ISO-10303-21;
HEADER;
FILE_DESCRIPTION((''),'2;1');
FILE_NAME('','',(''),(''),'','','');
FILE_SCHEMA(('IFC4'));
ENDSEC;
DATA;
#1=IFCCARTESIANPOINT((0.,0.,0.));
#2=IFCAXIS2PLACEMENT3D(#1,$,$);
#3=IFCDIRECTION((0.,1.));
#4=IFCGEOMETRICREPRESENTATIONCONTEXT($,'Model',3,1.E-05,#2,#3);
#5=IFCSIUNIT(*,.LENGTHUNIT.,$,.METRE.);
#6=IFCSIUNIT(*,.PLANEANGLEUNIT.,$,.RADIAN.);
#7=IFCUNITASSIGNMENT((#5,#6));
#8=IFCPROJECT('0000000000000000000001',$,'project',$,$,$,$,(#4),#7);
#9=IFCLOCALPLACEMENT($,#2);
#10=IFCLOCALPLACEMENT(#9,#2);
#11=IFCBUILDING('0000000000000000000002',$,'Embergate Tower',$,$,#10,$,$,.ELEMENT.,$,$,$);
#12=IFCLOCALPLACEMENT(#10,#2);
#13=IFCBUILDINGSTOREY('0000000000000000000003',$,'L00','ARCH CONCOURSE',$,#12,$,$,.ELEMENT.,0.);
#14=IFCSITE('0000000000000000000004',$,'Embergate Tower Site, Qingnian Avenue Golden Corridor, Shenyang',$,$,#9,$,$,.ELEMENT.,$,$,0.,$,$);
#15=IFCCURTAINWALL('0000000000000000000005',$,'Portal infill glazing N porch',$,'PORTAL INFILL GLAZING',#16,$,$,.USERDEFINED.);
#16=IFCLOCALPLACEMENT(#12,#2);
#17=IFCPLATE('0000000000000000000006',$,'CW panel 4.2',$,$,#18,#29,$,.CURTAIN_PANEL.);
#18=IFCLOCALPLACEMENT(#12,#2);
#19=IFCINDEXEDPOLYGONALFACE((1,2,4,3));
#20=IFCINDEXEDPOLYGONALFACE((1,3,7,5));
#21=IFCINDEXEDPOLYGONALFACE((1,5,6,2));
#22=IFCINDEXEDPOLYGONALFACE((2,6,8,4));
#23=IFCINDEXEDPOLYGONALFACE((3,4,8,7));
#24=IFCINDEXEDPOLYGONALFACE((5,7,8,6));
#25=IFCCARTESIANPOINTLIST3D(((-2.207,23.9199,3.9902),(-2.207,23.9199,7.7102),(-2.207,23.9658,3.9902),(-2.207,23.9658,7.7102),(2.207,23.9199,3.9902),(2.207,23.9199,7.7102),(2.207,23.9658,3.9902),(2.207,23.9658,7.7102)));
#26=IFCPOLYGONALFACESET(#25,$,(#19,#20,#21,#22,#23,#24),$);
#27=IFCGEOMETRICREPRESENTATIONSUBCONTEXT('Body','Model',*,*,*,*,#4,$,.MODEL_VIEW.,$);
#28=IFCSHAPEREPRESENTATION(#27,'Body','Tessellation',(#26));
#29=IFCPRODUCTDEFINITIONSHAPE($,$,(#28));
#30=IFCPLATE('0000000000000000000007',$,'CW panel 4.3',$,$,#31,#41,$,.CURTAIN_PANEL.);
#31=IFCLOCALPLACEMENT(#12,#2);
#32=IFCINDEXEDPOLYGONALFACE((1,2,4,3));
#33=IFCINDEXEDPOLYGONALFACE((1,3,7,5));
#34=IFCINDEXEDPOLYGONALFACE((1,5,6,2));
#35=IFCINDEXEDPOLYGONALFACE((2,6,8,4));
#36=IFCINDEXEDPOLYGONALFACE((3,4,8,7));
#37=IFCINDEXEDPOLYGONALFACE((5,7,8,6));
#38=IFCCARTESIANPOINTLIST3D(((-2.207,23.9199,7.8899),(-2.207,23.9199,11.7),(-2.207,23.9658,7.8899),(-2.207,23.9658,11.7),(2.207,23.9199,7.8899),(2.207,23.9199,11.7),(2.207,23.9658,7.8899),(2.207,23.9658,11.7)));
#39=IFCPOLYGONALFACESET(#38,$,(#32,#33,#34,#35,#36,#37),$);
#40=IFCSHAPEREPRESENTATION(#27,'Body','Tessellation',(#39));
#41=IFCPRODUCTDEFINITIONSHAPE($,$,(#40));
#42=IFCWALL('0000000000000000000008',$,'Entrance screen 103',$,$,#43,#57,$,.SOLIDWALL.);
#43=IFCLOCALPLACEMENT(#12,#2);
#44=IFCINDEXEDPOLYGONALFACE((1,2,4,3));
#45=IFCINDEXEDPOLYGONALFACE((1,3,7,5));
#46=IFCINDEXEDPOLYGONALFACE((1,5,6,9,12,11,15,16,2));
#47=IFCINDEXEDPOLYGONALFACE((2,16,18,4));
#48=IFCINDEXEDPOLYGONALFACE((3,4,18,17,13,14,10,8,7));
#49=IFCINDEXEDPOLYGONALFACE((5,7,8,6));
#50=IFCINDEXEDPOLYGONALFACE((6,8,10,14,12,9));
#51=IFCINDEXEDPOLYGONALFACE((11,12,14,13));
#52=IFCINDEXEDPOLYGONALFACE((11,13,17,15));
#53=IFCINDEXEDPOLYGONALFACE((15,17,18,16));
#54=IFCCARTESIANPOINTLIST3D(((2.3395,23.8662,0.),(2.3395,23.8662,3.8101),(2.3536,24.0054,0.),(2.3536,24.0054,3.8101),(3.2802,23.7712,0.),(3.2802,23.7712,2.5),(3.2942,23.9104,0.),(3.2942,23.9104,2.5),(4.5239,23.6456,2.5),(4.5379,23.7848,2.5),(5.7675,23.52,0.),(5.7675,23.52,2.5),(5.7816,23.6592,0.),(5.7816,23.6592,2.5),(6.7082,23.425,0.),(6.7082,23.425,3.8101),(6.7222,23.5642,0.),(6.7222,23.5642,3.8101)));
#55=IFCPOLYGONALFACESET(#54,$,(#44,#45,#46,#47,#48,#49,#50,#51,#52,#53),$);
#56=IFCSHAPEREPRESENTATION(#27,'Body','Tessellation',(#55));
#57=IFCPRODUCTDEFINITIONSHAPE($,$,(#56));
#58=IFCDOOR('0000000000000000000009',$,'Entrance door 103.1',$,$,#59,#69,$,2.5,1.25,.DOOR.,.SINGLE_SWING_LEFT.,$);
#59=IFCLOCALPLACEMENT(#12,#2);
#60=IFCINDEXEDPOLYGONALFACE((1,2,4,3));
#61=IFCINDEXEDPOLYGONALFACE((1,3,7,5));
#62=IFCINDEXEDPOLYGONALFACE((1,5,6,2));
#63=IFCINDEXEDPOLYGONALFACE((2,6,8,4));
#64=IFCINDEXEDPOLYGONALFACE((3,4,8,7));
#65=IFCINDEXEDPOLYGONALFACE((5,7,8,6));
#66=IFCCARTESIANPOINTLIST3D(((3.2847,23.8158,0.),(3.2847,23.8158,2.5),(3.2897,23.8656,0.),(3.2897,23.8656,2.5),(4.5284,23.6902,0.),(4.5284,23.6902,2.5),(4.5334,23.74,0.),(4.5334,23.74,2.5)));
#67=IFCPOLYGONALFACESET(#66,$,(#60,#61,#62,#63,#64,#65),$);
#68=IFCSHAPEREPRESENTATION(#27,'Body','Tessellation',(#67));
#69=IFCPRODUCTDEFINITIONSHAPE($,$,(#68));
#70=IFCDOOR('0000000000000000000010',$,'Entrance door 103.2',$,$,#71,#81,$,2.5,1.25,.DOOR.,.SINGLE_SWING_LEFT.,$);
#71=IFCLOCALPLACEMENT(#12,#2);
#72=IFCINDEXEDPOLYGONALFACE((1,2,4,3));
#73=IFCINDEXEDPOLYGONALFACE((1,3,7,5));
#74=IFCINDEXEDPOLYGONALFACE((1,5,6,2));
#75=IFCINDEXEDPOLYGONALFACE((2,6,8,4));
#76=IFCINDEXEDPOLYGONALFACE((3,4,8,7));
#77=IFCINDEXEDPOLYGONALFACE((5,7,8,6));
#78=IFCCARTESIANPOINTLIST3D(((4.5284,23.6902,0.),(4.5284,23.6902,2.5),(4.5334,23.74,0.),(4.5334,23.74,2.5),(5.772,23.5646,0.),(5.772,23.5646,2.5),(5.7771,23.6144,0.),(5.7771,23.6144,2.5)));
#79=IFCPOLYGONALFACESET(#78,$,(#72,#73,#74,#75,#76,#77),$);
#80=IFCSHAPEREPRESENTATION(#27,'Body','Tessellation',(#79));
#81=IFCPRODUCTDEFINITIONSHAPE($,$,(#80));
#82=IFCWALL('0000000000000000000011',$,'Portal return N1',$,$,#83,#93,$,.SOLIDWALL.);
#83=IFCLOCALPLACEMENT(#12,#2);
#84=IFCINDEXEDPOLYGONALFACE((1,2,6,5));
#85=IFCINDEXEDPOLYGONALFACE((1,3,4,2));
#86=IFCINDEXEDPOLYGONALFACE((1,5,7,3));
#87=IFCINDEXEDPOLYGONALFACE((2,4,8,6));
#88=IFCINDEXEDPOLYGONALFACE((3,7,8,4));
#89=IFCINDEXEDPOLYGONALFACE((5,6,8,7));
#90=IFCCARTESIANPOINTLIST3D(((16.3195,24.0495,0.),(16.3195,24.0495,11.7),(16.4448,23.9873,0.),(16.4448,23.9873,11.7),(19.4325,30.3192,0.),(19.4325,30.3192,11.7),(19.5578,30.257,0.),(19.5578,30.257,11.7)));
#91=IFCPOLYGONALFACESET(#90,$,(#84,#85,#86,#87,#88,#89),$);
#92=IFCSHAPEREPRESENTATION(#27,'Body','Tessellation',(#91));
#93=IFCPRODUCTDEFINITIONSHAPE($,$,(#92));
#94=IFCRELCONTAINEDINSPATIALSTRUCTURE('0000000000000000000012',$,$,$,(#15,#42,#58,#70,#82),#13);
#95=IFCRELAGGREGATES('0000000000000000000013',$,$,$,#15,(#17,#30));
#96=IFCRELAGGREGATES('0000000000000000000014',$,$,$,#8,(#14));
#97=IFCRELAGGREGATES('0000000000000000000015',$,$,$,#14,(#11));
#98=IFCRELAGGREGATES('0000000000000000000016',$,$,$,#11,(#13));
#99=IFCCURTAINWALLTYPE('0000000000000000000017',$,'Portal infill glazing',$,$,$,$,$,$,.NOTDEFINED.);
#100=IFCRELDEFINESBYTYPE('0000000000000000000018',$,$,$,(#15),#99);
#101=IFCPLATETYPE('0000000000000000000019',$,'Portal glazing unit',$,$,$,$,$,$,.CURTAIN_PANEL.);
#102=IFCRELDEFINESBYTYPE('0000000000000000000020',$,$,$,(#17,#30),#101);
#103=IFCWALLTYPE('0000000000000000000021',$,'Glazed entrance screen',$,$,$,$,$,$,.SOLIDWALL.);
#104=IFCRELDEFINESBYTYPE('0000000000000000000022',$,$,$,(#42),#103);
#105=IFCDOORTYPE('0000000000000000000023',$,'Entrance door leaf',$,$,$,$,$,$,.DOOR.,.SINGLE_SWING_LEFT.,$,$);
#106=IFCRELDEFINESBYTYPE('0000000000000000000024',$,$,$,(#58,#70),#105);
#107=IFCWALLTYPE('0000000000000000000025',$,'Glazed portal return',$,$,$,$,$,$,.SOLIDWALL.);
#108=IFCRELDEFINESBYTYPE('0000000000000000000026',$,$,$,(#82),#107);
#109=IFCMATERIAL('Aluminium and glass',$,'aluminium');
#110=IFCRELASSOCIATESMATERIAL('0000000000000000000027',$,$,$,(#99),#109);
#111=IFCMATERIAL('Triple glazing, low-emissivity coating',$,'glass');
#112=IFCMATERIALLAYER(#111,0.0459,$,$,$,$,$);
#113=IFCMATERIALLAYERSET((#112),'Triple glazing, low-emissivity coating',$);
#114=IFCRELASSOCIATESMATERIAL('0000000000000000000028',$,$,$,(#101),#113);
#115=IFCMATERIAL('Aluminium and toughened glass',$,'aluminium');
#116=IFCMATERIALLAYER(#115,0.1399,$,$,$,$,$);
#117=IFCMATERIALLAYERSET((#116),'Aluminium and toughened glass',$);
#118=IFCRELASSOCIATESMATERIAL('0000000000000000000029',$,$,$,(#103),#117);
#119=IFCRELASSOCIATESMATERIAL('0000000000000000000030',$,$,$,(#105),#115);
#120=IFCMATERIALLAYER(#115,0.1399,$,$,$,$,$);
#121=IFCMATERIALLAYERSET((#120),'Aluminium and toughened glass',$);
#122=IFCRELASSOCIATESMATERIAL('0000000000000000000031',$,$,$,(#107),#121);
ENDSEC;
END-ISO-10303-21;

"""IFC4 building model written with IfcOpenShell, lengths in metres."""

from ifc_helpers import new_model, si_unit, direction, frame, frame_2d, origin, origin_2d, place, context, subcontext, project, spatial, rectangle, extrude, source, transform, mapped, material, layer, layer_set, type_object, element, fill, aggregate, save


model = new_model("IFC4")

# Units and contexts
model_context = context("Model", 3, precision=1e-05, world=origin(), true_north=direction((0.0, 1.0)))
body_context = subcontext(model_context, "Body", "Model", "MODEL_VIEW")
ifc_project = project(units=[si_unit("LENGTHUNIT", "METRE"), si_unit("PLANEANGLEUNIT", "RADIAN")], contexts=[model_context])

# Site, building, storey
site_placement = place(None, origin())
site = spatial("IfcSite", under=ifc_project, at=site_placement, Name="Embergate Tower Site, Qingnian Avenue Golden Corridor, Shenyang", CompositionType="ELEMENT", RefElevation=0.0)
building_placement = place(site_placement, origin())
building = spatial("IfcBuilding", under=site, at=building_placement, Name="Embergate Tower", CompositionType="ELEMENT")
storey_placement = place(building_placement, origin())
storey = spatial("IfcBuildingStorey", under=building, at=storey_placement, Name="L00", Description="ARCH CONCOURSE", CompositionType="ELEMENT", Elevation=0.0)

# Curtain wall, plates
ifc_material_1 = material(Name="Aluminium and glass", Category="aluminium")
curtain_wall_type = type_object("IfcCurtainWallType", Name="Portal infill glazing", PredefinedType="NOTDEFINED", material=ifc_material_1)
curtain_wall_placement = place(storey_placement, origin())
curtain_wall = element("IfcCurtainWall", 1, at=curtain_wall_placement, inside=storey, type_object=curtain_wall_type, Name="Portal infill glazing N porch", ObjectType="PORTAL INFILL GLAZING", PredefinedType="USERDEFINED")
ifc_material_2 = material(Name="Triple glazing, low-emissivity coating", Category="glass")
ifc_layer_1 = layer(ifc_material_2, 0.0459)
ifc_layer_set_1 = layer_set([ifc_layer_1], Name="Triple glazing, low-emissivity coating")
plate_type = type_object("IfcPlateType", Name="Portal glazing unit", PredefinedType="CURTAIN_PANEL", material=ifc_layer_set_1)
shared_shape_1 = source(origin(), body_context, "Body", "SweptSolid", [
    extrude(rectangle(XDim=4.4141, YDim=0.0459, at=origin_2d()), origin(), (0.0, 0.0, 1.0), 3.72),
])
plate_1_placement = place(storey_placement, frame((0.0, 23.9429, 3.9902), z_axis=(0.0, 0.0, 1.0), x_axis=(-1.0, 0.0, 0.0)))
plate_1 = element("IfcPlate", 2, at=plate_1_placement, type_object=plate_type, Name="CW panel 4.2", PredefinedType="CURTAIN_PANEL", context=body_context, shape_type="MappedRepresentation", body=[
    mapped(shared_shape_1, transform((0.0, 0.0, 0.0))),
])
shared_shape_2 = source(origin(), body_context, "Body", "SweptSolid", [
    extrude(rectangle(XDim=4.4141, YDim=0.0459, at=origin_2d()), origin(), (0.0, 0.0, 1.0), 3.8101),
])
plate_2_placement = place(storey_placement, frame((0.0, 23.9429, 7.8899), z_axis=(0.0, 0.0, 1.0), x_axis=(-1.0, 0.0, 0.0)))
plate_2 = element("IfcPlate", 3, at=plate_2_placement, type_object=plate_type, Name="CW panel 4.3", PredefinedType="CURTAIN_PANEL", context=body_context, shape_type="MappedRepresentation", body=[
    mapped(shared_shape_2, transform((0.0, 0.0, 0.0))),
])
aggregate(curtain_wall, [plate_1, plate_2])

# Wall, openings, doors
ifc_material_3 = material(Name="Aluminium and toughened glass", Category="aluminium")
ifc_layer_2 = layer(ifc_material_3, 0.1399)
ifc_layer_set_2 = layer_set([ifc_layer_2], Name="Aluminium and toughened glass")
wall_type_1 = type_object("IfcWallType", Name="Glazed entrance screen", PredefinedType="SOLIDWALL", material=ifc_layer_set_2)
shared_shape_3 = source(origin(), body_context, "Body", "SweptSolid", [
    extrude(rectangle(XDim=4.3909, YDim=0.1399, at=frame_2d((2.1953, 0.0))), origin(), (0.0, 0.0, 1.0), 3.8101),
])
wall_1_placement = place(storey_placement, frame((2.3467, 23.9358, 0.0), z_axis=(0.0, 0.0, 1.0), x_axis=(0.99494, -0.100473, 0.0)))
wall_1 = element("IfcWall", 4, at=wall_1_placement, inside=storey, type_object=wall_type_1, Name="Entrance screen 103", PredefinedType="SOLIDWALL", context=body_context, shape_type="MappedRepresentation", body=[
    mapped(shared_shape_3, transform((0.0, 0.0, 0.0))),
])
shared_shape_4 = source(origin(), body_context, "Body", "SweptSolid", [
    extrude(rectangle(XDim=1.25, YDim=2.5, at=frame_2d((0.625, 1.25))), frame((0.0, 0.0798, 0.0), z_axis=(0.0, -1.0, 0.0), x_axis=(1.0, 0.0, 0.0)), (0.0, 0.0, 1.0), 0.1599),
])
opening_1_placement = place(wall_1_placement, frame((0.9453, 0.0, 0.0)))
opening_1 = element("IfcOpeningElement", 5, at=opening_1_placement, cuts=wall_1, PredefinedType="OPENING", context=body_context, shape_type="MappedRepresentation", body=[
    mapped(shared_shape_4, transform((0.0, 0.0, 0.0))),
])
opening_2_placement = place(wall_1_placement, frame((2.1953, 0.0, 0.0)))
opening_2 = element("IfcOpeningElement", 6, at=opening_2_placement, cuts=wall_1, PredefinedType="OPENING", context=body_context, shape_type="MappedRepresentation", body=[
    mapped(shared_shape_4, transform((0.0, 0.0, 0.0))),
])
door_type = type_object("IfcDoorType", Name="Entrance door leaf", OperationType="SINGLE_SWING_LEFT", PredefinedType="DOOR", material=ifc_material_3)
shared_shape_5 = source(origin(), body_context, "Body", "SweptSolid", [
    extrude(rectangle(XDim=1.25, YDim=2.5, at=frame_2d((0.625, 1.25))), frame((0.0, 0.0249, 0.0), z_axis=(0.0, -1.0, 0.0), x_axis=(1.0, 0.0, 0.0)), (0.0, 0.0, 1.0), 0.05),
])
door_1_placement = place(opening_1_placement, origin())
door_1 = element("IfcDoor", 7, at=door_1_placement, inside=storey, type_object=door_type, Name="Entrance door 103.1", OperationType="SINGLE_SWING_LEFT", OverallHeight=2.5, OverallWidth=1.25, PredefinedType="DOOR", context=body_context, shape_type="MappedRepresentation", body=[
    mapped(shared_shape_5, transform((0.0, 0.0, 0.0))),
])
fill(opening_1, door_1)
door_2_placement = place(opening_2_placement, origin())
door_2 = element("IfcDoor", 8, at=door_2_placement, inside=storey, type_object=door_type, Name="Entrance door 103.2", OperationType="SINGLE_SWING_LEFT", OverallHeight=2.5, OverallWidth=1.25, PredefinedType="DOOR", context=body_context, shape_type="MappedRepresentation", body=[
    mapped(shared_shape_5, transform((0.0, 0.0, 0.0))),
])
fill(opening_2, door_2)

# Wall
ifc_layer_3 = layer(ifc_material_3, 0.1399)
ifc_layer_set_3 = layer_set([ifc_layer_3], Name="Aluminium and toughened glass")
wall_type_2 = type_object("IfcWallType", Name="Glazed portal return", PredefinedType="SOLIDWALL", material=ifc_layer_set_3)
shared_shape_6 = source(origin(), body_context, "Body", "SweptSolid", [
    extrude(rectangle(XDim=7.0, YDim=0.1399, at=frame_2d((3.5, 0.0))), origin(), (0.0, 0.0, 1.0), 11.7),
])
wall_2_placement = place(storey_placement, frame((19.4951, 30.2881, 0.0), z_axis=(0.0, 0.0, 1.0), x_axis=(-0.444715, -0.895672, 0.0)))
element("IfcWall", 9, at=wall_2_placement, inside=storey, type_object=wall_type_2, Name="Portal return N1", PredefinedType="SOLIDWALL", context=body_context, shape_type="MappedRepresentation", body=[
    mapped(shared_shape_6, transform((0.0, 0.0, 0.0))),
])

save(model, "model.ifc")
